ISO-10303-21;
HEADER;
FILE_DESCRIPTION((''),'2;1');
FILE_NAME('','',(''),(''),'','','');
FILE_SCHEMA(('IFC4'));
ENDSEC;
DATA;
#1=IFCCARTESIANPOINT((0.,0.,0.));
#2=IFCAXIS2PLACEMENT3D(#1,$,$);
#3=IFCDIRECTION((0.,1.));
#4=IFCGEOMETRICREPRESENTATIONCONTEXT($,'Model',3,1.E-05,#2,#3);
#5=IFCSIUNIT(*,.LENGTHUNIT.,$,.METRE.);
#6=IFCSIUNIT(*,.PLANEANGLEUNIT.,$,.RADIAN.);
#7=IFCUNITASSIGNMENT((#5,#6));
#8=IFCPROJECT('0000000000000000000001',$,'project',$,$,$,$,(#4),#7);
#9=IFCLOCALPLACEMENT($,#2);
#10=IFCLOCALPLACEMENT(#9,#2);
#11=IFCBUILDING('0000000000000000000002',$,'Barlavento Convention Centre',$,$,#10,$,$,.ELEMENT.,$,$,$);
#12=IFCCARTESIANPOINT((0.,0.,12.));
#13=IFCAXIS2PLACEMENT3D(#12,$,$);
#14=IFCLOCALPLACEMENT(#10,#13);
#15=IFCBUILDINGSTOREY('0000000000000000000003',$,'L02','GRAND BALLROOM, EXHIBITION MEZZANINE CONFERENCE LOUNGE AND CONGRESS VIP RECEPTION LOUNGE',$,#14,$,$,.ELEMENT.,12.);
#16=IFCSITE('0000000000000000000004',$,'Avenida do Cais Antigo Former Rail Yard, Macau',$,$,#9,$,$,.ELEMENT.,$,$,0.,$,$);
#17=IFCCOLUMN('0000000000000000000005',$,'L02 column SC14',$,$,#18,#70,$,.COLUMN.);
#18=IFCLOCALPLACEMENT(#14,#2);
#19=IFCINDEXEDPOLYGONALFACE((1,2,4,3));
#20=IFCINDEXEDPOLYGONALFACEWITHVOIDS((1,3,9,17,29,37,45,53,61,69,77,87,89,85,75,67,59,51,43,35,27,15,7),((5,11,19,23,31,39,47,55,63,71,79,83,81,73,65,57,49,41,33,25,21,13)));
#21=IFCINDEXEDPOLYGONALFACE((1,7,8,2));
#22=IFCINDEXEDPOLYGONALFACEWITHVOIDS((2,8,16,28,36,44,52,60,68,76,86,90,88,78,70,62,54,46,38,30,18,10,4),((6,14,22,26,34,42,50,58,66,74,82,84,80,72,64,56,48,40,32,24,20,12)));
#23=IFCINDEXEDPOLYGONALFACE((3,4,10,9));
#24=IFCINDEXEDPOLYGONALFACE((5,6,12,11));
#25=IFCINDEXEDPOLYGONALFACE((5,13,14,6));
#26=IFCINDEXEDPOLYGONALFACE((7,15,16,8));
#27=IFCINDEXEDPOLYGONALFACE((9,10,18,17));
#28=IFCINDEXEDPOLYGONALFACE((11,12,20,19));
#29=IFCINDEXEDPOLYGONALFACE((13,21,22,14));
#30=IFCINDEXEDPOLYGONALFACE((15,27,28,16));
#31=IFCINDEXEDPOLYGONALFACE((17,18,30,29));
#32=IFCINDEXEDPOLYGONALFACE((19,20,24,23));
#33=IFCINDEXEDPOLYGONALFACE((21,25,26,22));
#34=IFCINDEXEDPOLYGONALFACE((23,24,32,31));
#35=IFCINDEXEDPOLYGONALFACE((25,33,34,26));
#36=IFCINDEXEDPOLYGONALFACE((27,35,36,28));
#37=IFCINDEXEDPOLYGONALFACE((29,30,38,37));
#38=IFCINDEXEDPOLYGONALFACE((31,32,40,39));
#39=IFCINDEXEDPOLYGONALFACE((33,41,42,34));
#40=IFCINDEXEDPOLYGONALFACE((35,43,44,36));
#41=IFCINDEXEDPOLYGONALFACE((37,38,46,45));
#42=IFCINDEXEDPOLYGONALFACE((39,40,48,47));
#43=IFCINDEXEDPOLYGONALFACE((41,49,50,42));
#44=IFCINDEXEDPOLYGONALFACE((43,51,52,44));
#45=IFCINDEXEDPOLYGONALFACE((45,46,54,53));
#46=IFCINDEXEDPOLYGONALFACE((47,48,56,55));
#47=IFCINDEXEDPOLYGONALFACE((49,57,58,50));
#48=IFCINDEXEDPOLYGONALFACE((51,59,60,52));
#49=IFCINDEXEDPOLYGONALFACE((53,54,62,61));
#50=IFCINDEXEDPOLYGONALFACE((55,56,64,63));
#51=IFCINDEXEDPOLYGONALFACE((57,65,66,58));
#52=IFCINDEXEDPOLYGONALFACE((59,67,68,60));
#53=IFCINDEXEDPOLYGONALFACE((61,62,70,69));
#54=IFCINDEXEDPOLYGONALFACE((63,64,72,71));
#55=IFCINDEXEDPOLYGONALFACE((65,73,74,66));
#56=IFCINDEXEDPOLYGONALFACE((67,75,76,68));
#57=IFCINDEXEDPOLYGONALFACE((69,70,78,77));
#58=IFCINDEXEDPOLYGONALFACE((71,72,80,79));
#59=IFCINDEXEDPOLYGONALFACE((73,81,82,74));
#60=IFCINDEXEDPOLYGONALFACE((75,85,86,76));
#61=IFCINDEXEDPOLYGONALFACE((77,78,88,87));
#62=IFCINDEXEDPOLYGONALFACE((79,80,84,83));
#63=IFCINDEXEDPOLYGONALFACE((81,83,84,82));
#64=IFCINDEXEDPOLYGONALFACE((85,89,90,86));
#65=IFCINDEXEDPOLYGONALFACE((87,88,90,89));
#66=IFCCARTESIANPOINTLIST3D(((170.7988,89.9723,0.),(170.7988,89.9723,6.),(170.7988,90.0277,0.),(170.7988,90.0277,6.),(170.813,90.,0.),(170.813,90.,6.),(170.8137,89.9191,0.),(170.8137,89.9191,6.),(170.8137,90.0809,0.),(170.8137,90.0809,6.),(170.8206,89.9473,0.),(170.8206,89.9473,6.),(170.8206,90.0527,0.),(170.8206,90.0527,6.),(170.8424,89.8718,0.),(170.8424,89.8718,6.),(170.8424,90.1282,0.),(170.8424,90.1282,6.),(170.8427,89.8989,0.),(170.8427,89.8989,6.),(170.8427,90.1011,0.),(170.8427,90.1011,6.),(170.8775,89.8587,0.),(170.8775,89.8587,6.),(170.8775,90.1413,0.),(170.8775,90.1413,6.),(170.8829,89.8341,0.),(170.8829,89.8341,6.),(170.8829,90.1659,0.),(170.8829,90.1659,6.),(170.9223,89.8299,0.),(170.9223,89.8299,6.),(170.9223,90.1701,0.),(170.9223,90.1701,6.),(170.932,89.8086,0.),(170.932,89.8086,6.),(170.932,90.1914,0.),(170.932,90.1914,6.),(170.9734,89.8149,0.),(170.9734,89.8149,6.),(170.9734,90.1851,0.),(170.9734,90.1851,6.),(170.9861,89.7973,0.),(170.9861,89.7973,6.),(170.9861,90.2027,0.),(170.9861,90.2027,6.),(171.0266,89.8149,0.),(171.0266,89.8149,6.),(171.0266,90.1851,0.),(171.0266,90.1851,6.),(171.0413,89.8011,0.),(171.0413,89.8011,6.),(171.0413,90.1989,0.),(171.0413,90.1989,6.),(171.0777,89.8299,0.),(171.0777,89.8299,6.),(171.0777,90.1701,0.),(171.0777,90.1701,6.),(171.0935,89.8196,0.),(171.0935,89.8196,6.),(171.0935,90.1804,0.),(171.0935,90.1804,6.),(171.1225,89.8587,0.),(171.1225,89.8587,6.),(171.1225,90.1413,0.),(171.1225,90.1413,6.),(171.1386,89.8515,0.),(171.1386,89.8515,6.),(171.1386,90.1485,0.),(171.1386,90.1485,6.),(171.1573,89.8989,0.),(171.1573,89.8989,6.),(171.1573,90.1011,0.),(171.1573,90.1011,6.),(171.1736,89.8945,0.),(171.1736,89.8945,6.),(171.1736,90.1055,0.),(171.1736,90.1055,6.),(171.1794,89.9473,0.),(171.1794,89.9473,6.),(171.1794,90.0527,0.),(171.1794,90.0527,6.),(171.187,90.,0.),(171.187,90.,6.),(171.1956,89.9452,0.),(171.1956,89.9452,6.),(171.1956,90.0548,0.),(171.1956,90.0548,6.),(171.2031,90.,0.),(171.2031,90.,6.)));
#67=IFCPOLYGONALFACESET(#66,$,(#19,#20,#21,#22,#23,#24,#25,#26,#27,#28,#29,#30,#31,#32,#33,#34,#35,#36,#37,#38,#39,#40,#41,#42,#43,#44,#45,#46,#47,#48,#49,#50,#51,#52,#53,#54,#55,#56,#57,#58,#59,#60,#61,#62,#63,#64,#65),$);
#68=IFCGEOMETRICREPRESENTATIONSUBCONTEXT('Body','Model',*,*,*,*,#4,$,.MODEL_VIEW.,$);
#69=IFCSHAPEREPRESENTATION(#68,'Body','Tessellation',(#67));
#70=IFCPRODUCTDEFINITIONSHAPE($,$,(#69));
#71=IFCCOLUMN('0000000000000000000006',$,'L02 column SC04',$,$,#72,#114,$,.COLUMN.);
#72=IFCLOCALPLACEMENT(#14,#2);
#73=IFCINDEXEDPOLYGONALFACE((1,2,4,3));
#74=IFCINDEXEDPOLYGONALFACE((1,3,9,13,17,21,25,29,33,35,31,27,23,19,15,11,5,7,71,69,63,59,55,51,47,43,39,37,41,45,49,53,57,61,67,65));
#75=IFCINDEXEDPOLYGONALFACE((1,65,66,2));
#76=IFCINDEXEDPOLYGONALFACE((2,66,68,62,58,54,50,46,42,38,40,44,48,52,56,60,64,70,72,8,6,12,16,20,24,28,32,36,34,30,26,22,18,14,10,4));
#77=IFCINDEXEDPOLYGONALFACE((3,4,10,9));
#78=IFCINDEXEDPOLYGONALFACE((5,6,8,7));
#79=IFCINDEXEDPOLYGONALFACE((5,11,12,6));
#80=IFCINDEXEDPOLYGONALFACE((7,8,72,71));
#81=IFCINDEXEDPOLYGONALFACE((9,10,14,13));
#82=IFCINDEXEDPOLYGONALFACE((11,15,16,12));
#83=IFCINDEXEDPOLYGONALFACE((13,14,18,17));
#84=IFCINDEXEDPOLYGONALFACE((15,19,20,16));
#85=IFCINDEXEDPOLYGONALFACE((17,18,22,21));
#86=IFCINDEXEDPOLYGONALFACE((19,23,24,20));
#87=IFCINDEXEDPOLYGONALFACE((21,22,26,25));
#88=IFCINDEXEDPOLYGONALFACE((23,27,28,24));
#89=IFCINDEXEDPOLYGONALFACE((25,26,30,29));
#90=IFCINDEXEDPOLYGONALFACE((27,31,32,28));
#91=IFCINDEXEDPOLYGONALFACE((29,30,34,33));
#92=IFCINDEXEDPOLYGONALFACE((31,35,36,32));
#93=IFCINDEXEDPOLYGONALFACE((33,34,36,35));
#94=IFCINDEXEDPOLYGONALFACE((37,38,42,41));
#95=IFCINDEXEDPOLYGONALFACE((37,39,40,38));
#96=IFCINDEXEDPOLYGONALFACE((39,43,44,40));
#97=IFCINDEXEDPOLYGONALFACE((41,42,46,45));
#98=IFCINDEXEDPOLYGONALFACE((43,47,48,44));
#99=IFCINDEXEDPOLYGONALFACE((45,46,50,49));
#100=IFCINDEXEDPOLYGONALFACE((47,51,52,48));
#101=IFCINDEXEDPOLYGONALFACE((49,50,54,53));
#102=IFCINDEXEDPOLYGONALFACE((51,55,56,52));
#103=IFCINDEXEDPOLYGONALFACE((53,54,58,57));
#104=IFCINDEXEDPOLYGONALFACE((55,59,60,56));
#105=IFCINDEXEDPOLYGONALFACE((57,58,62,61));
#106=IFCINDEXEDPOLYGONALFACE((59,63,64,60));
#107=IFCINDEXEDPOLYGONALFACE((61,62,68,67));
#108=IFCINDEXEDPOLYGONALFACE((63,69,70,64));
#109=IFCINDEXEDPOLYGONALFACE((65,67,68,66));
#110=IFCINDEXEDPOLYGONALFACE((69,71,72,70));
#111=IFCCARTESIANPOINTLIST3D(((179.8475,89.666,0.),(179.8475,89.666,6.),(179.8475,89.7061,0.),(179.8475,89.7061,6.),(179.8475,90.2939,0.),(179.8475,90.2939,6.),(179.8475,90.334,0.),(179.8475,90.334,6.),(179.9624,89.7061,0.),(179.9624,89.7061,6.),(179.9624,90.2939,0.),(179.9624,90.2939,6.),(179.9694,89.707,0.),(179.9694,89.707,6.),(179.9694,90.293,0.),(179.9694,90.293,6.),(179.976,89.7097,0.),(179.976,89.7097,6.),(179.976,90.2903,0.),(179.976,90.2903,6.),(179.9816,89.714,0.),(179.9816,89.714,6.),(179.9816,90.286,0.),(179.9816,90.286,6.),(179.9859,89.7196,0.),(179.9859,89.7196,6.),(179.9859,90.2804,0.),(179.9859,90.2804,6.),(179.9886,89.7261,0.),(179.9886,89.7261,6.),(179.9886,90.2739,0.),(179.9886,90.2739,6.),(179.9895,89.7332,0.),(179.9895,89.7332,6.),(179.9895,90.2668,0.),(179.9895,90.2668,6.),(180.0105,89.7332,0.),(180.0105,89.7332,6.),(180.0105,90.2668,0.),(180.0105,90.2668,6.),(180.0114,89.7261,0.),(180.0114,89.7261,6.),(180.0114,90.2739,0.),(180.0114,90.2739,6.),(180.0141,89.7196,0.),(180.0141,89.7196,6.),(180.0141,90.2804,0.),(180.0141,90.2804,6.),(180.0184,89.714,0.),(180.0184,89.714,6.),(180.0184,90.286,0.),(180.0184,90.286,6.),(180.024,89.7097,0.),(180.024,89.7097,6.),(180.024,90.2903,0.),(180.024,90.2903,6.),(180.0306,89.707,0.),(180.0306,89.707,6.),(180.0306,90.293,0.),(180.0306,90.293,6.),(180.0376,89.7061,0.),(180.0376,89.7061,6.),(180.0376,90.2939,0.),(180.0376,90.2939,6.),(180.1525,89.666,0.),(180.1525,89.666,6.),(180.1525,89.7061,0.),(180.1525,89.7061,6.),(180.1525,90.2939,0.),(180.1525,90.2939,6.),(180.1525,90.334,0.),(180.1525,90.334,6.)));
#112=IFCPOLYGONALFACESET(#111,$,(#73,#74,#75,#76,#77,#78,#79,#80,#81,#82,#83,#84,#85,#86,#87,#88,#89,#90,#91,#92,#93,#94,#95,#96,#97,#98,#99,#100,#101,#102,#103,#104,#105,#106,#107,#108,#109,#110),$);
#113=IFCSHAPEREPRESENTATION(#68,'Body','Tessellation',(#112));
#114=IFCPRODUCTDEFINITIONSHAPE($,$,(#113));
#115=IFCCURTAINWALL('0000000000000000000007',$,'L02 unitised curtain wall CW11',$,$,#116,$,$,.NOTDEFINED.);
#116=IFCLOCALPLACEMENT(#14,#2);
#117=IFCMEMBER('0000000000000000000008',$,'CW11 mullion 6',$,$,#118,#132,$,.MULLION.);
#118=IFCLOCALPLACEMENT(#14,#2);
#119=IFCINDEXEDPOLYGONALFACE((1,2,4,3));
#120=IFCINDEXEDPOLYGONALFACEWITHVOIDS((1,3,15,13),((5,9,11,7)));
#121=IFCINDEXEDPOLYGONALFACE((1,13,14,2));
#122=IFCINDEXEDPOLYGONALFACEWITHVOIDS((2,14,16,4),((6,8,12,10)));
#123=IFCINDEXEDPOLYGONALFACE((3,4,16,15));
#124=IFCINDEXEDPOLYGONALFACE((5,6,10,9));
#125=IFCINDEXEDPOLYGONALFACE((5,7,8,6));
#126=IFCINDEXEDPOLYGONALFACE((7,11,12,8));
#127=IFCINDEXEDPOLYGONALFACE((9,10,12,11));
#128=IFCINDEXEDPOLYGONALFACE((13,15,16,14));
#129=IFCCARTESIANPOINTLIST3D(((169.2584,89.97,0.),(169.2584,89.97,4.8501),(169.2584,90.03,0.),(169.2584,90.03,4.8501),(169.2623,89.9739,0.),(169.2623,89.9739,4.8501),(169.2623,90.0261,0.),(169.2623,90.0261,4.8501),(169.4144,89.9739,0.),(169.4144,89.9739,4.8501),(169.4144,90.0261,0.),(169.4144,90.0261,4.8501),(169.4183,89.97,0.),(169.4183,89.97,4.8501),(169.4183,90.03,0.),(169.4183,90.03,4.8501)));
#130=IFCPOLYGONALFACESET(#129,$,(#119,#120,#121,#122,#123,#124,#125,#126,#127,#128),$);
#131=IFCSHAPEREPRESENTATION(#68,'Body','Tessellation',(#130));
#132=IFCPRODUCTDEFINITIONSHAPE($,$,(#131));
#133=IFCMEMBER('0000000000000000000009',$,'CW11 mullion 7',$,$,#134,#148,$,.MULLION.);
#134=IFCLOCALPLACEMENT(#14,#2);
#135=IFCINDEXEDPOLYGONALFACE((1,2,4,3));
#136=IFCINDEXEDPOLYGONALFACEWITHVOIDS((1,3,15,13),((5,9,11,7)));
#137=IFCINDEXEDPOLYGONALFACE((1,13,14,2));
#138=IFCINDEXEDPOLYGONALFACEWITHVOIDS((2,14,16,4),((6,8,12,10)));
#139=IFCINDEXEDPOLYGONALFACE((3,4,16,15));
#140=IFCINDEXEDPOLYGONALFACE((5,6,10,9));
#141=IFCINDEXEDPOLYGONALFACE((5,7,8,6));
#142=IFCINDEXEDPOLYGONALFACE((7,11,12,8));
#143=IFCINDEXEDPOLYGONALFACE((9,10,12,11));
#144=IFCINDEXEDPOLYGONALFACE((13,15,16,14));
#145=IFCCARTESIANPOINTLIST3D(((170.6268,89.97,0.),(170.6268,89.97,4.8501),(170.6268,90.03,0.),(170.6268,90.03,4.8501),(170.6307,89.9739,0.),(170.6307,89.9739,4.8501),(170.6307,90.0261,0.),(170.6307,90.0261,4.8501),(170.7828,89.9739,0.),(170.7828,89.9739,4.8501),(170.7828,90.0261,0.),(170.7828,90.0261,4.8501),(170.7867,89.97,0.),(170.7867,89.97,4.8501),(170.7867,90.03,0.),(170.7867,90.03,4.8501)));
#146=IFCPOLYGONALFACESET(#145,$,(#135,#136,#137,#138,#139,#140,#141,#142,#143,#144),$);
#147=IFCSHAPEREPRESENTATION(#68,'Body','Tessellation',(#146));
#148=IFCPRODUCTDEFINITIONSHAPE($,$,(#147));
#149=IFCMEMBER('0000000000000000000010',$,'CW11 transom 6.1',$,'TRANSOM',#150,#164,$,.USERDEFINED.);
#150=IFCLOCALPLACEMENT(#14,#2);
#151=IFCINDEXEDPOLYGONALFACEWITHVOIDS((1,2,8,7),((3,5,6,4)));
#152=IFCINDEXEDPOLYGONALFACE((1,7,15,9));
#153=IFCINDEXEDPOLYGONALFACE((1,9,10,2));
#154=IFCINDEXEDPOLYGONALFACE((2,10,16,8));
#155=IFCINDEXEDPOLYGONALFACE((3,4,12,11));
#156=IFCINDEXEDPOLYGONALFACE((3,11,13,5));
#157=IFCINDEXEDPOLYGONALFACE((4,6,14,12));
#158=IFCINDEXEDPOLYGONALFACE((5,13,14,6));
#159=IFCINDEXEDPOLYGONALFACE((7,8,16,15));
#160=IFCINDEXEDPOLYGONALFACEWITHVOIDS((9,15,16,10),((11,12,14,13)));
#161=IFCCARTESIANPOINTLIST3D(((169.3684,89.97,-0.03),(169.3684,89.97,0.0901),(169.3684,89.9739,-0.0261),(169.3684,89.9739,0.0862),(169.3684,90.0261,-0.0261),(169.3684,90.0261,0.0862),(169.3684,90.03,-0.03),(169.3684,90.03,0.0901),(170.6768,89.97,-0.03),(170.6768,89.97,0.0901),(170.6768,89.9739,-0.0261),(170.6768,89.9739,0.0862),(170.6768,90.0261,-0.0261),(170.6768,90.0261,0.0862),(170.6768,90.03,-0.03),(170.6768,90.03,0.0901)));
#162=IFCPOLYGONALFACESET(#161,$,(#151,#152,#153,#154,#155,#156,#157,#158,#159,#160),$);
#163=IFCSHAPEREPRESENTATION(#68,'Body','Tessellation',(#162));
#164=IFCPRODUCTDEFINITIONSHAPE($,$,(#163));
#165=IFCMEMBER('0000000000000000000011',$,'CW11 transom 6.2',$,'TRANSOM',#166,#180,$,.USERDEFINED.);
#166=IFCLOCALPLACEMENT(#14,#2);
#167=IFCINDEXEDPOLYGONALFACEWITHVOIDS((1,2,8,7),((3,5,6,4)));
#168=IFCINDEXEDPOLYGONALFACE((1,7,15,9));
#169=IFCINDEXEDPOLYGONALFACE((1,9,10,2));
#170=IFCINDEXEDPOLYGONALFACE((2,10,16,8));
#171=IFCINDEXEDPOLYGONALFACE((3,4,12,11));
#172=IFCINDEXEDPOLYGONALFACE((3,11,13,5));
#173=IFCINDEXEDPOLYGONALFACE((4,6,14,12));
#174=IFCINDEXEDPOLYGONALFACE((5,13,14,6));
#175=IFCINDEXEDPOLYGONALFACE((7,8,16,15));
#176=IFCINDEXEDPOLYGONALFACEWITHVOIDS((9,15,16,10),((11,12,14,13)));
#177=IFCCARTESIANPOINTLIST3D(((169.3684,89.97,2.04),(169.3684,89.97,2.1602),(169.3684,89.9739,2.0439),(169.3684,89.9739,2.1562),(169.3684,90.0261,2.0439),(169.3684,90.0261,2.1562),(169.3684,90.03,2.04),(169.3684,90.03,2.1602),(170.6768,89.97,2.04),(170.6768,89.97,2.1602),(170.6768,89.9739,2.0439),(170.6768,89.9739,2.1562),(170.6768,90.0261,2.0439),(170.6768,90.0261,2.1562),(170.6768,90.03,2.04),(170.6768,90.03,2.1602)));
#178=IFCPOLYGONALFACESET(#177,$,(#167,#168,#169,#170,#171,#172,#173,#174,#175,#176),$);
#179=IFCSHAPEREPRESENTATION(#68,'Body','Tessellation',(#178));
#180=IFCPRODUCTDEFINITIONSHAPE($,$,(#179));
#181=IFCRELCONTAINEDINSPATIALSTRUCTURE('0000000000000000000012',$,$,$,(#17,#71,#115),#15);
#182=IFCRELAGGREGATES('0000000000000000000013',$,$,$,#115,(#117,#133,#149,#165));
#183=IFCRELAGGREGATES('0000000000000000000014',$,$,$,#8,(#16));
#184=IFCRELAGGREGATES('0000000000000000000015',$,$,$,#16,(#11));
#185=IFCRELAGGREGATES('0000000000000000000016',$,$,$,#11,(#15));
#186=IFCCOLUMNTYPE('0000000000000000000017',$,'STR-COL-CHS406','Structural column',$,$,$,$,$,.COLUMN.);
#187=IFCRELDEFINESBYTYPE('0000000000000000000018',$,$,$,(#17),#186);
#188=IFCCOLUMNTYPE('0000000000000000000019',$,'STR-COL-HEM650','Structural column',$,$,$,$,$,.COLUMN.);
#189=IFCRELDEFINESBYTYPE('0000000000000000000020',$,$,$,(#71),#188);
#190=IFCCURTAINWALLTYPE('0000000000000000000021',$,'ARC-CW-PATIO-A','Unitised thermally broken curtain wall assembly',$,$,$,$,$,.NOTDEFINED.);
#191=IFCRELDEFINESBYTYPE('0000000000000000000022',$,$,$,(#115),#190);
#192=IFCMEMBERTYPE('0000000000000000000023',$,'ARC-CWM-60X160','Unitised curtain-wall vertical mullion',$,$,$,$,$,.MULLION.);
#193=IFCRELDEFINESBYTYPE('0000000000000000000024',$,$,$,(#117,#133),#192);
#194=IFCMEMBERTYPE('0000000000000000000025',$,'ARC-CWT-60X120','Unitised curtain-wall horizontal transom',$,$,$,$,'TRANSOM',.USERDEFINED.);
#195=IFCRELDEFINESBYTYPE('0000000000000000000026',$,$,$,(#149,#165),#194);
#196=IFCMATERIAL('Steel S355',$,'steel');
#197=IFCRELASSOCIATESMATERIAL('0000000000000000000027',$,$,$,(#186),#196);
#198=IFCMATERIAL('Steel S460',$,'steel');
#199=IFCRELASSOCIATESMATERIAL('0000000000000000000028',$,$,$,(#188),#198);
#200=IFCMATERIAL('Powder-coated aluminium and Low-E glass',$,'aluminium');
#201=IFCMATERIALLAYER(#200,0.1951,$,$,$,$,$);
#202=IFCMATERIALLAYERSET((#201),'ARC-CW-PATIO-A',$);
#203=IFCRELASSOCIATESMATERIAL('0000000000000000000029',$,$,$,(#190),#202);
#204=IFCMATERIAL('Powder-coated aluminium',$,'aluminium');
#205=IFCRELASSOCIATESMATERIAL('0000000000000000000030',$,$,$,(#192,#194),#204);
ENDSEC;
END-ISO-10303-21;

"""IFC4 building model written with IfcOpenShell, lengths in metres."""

from ifc_helpers import new_model, si_unit, direction, frame, origin, origin_2d, place, context, subcontext, project, spatial, hollow_rectangle, hollow_circle, i_section, extrude, material, layer, layer_set, material_profile, profile_set, type_object, element, aggregate, save


model = new_model("IFC4")

# Units and contexts
model_context = context("Model", 3, precision=1e-05, world=origin(), true_north=direction((0.0, 1.0)))
body_context = subcontext(model_context, "Body", "Model", "MODEL_VIEW")
ifc_project = project(units=[si_unit("LENGTHUNIT", "METRE"), si_unit("PLANEANGLEUNIT", "RADIAN")], contexts=[model_context])

# Site, building, storey
site_placement = place(None, origin())
site = spatial("IfcSite", under=ifc_project, at=site_placement, Name="Avenida do Cais Antigo Former Rail Yard, Macau", CompositionType="ELEMENT", RefElevation=0.0)
building_placement = place(site_placement, origin())
building = spatial("IfcBuilding", under=site, at=building_placement, Name="Barlavento Convention Centre", CompositionType="ELEMENT")
storey_placement = place(building_placement, frame((0.0, 0.0, 12.0)))
storey = spatial("IfcBuildingStorey", under=building, at=storey_placement, Name="L02", Description="GRAND BALLROOM, EXHIBITION MEZZANINE CONFERENCE LOUNGE AND CONGRESS VIP RECEPTION LOUNGE", CompositionType="ELEMENT", Elevation=12.0)

# Columns
ifc_material_1 = material(Name="Steel S355", Category="steel")
ifc_material_profile_1 = material_profile(ifc_material_1, hollow_circle(Radius=0.2031, WallThickness=0.0161, at=origin_2d()), Name="CHS 406.4x16.0")
ifc_profile_set_1 = profile_set([ifc_material_profile_1], Name="Steel S355")
column_type_1 = type_object("IfcColumnType", Name="STR-COL-CHS406", Description="Structural column", PredefinedType="COLUMN", material=ifc_profile_set_1)
column_1_placement = place(storey_placement, frame((171.0, 90.0, 0.0), z_axis=(0.0, 0.0, 1.0), x_axis=(1.0, 0.0, 0.0)))
element("IfcColumn", 1, at=column_1_placement, inside=storey, type_object=column_type_1, Name="L02 column SC14", PredefinedType="COLUMN", context=body_context, shape_type="SweptSolid", body=[
    extrude(hollow_circle(Radius=0.2031, WallThickness=0.0161, at=origin_2d()), origin(), (0.0, 0.0, 1.0), 6.0),
])
ifc_material_2 = material(Name="Steel S460", Category="steel")
ifc_material_profile_2 = material_profile(ifc_material_2, i_section(OverallWidth=0.3049, OverallDepth=0.668, WebThickness=0.021, FlangeThickness=0.04, FilletRadius=0.0271, at=origin_2d()), Name="HEM 650")
ifc_profile_set_2 = profile_set([ifc_material_profile_2], Name="Steel S460")
column_type_2 = type_object("IfcColumnType", Name="STR-COL-HEM650", Description="Structural column", PredefinedType="COLUMN", material=ifc_profile_set_2)
column_2_placement = place(storey_placement, frame((180.0, 90.0, 0.0), z_axis=(0.0, 0.0, 1.0), x_axis=(1.0, 0.0, 0.0)))
element("IfcColumn", 2, at=column_2_placement, inside=storey, type_object=column_type_2, Name="L02 column SC04", PredefinedType="COLUMN", context=body_context, shape_type="SweptSolid", body=[
    extrude(i_section(OverallWidth=0.3049, OverallDepth=0.668, WebThickness=0.021, FlangeThickness=0.04, FilletRadius=0.0271, at=origin_2d()), origin(), (0.0, 0.0, 1.0), 6.0),
])

# Curtain wall, members
ifc_material_3 = material(Name="Powder-coated aluminium and Low-E glass", Category="aluminium")
ifc_layer_1 = layer(ifc_material_3, 0.1951)
ifc_layer_set_1 = layer_set([ifc_layer_1], Name="ARC-CW-PATIO-A")
curtain_wall_type = type_object("IfcCurtainWallType", Name="ARC-CW-PATIO-A", Description="Unitised thermally broken curtain wall assembly", PredefinedType="NOTDEFINED", material=ifc_layer_set_1)
curtain_wall_placement = place(storey_placement, origin())
curtain_wall = element("IfcCurtainWall", 3, at=curtain_wall_placement, inside=storey, type_object=curtain_wall_type, Name="L02 unitised curtain wall CW11", PredefinedType="NOTDEFINED")
ifc_material_4 = material(Name="Powder-coated aluminium", Category="aluminium")
ifc_material_profile_3 = material_profile(ifc_material_4, hollow_rectangle(XDim=0.0601, YDim=0.1599, WallThickness=0.0039, at=origin_2d()), Name="AL-MULL 60x160x4")
ifc_profile_set_3 = profile_set([ifc_material_profile_3], Name="Powder-coated aluminium")
member_type_1 = type_object("IfcMemberType", Name="ARC-CWM-60X160", Description="Unitised curtain-wall vertical mullion", PredefinedType="MULLION", material=ifc_profile_set_3)
member_1_placement = place(storey_placement, frame((169.3384, 90.0, 0.0), z_axis=(0.0, 0.0, 1.0), x_axis=(0.0, 1.0, 0.0)))
member_1 = element("IfcMember", 4, at=member_1_placement, type_object=member_type_1, Name="CW11 mullion 6", PredefinedType="MULLION", context=body_context, shape_type="SweptSolid", body=[
    extrude(hollow_rectangle(XDim=0.0601, YDim=0.1599, WallThickness=0.0039, at=origin_2d()), origin(), (0.0, 0.0, 1.0), 4.8501),
])
member_2_placement = place(storey_placement, frame((170.7068, 90.0, 0.0), z_axis=(0.0, 0.0, 1.0), x_axis=(0.0, 1.0, 0.0)))
member_2 = element("IfcMember", 5, at=member_2_placement, type_object=member_type_1, Name="CW11 mullion 7", PredefinedType="MULLION", context=body_context, shape_type="SweptSolid", body=[
    extrude(hollow_rectangle(XDim=0.0601, YDim=0.1599, WallThickness=0.0039, at=origin_2d()), origin(), (0.0, 0.0, 1.0), 4.8501),
])
ifc_material_profile_4 = material_profile(ifc_material_4, hollow_rectangle(XDim=0.0601, YDim=0.1201, WallThickness=0.0039, at=origin_2d()), Name="AL-TRAN 60x120x4")
ifc_profile_set_4 = profile_set([ifc_material_profile_4], Name="Powder-coated aluminium")
member_type_2 = type_object("IfcMemberType", Name="ARC-CWT-60X120", Description="Unitised curtain-wall horizontal transom", ElementType="TRANSOM", PredefinedType="USERDEFINED", material=ifc_profile_set_4)
member_3_placement = place(storey_placement, frame((169.3684, 90.0, 0.03), z_axis=(1.0, 0.0, 0.0), x_axis=(0.0, 1.0, 0.0)))
member_3 = element("IfcMember", 6, at=member_3_placement, type_object=member_type_2, Name="CW11 transom 6.1", ObjectType="TRANSOM", PredefinedType="USERDEFINED", context=body_context, shape_type="SweptSolid", body=[
    extrude(hollow_rectangle(XDim=0.0601, YDim=0.1201, WallThickness=0.0039, at=origin_2d()), origin(), (0.0, 0.0, 1.0), 1.3083),
])
member_4_placement = place(storey_placement, frame((169.3684, 90.0, 2.1001), z_axis=(1.0, 0.0, 0.0), x_axis=(0.0, 1.0, 0.0)))
member_4 = element("IfcMember", 7, at=member_4_placement, type_object=member_type_2, Name="CW11 transom 6.2", ObjectType="TRANSOM", PredefinedType="USERDEFINED", context=body_context, shape_type="SweptSolid", body=[
    extrude(hollow_rectangle(XDim=0.0601, YDim=0.1201, WallThickness=0.0039, at=origin_2d()), origin(), (0.0, 0.0, 1.0), 1.3083),
])

aggregate(curtain_wall, [member_1, member_2, member_3, member_4])

save(model, "model.ifc")
